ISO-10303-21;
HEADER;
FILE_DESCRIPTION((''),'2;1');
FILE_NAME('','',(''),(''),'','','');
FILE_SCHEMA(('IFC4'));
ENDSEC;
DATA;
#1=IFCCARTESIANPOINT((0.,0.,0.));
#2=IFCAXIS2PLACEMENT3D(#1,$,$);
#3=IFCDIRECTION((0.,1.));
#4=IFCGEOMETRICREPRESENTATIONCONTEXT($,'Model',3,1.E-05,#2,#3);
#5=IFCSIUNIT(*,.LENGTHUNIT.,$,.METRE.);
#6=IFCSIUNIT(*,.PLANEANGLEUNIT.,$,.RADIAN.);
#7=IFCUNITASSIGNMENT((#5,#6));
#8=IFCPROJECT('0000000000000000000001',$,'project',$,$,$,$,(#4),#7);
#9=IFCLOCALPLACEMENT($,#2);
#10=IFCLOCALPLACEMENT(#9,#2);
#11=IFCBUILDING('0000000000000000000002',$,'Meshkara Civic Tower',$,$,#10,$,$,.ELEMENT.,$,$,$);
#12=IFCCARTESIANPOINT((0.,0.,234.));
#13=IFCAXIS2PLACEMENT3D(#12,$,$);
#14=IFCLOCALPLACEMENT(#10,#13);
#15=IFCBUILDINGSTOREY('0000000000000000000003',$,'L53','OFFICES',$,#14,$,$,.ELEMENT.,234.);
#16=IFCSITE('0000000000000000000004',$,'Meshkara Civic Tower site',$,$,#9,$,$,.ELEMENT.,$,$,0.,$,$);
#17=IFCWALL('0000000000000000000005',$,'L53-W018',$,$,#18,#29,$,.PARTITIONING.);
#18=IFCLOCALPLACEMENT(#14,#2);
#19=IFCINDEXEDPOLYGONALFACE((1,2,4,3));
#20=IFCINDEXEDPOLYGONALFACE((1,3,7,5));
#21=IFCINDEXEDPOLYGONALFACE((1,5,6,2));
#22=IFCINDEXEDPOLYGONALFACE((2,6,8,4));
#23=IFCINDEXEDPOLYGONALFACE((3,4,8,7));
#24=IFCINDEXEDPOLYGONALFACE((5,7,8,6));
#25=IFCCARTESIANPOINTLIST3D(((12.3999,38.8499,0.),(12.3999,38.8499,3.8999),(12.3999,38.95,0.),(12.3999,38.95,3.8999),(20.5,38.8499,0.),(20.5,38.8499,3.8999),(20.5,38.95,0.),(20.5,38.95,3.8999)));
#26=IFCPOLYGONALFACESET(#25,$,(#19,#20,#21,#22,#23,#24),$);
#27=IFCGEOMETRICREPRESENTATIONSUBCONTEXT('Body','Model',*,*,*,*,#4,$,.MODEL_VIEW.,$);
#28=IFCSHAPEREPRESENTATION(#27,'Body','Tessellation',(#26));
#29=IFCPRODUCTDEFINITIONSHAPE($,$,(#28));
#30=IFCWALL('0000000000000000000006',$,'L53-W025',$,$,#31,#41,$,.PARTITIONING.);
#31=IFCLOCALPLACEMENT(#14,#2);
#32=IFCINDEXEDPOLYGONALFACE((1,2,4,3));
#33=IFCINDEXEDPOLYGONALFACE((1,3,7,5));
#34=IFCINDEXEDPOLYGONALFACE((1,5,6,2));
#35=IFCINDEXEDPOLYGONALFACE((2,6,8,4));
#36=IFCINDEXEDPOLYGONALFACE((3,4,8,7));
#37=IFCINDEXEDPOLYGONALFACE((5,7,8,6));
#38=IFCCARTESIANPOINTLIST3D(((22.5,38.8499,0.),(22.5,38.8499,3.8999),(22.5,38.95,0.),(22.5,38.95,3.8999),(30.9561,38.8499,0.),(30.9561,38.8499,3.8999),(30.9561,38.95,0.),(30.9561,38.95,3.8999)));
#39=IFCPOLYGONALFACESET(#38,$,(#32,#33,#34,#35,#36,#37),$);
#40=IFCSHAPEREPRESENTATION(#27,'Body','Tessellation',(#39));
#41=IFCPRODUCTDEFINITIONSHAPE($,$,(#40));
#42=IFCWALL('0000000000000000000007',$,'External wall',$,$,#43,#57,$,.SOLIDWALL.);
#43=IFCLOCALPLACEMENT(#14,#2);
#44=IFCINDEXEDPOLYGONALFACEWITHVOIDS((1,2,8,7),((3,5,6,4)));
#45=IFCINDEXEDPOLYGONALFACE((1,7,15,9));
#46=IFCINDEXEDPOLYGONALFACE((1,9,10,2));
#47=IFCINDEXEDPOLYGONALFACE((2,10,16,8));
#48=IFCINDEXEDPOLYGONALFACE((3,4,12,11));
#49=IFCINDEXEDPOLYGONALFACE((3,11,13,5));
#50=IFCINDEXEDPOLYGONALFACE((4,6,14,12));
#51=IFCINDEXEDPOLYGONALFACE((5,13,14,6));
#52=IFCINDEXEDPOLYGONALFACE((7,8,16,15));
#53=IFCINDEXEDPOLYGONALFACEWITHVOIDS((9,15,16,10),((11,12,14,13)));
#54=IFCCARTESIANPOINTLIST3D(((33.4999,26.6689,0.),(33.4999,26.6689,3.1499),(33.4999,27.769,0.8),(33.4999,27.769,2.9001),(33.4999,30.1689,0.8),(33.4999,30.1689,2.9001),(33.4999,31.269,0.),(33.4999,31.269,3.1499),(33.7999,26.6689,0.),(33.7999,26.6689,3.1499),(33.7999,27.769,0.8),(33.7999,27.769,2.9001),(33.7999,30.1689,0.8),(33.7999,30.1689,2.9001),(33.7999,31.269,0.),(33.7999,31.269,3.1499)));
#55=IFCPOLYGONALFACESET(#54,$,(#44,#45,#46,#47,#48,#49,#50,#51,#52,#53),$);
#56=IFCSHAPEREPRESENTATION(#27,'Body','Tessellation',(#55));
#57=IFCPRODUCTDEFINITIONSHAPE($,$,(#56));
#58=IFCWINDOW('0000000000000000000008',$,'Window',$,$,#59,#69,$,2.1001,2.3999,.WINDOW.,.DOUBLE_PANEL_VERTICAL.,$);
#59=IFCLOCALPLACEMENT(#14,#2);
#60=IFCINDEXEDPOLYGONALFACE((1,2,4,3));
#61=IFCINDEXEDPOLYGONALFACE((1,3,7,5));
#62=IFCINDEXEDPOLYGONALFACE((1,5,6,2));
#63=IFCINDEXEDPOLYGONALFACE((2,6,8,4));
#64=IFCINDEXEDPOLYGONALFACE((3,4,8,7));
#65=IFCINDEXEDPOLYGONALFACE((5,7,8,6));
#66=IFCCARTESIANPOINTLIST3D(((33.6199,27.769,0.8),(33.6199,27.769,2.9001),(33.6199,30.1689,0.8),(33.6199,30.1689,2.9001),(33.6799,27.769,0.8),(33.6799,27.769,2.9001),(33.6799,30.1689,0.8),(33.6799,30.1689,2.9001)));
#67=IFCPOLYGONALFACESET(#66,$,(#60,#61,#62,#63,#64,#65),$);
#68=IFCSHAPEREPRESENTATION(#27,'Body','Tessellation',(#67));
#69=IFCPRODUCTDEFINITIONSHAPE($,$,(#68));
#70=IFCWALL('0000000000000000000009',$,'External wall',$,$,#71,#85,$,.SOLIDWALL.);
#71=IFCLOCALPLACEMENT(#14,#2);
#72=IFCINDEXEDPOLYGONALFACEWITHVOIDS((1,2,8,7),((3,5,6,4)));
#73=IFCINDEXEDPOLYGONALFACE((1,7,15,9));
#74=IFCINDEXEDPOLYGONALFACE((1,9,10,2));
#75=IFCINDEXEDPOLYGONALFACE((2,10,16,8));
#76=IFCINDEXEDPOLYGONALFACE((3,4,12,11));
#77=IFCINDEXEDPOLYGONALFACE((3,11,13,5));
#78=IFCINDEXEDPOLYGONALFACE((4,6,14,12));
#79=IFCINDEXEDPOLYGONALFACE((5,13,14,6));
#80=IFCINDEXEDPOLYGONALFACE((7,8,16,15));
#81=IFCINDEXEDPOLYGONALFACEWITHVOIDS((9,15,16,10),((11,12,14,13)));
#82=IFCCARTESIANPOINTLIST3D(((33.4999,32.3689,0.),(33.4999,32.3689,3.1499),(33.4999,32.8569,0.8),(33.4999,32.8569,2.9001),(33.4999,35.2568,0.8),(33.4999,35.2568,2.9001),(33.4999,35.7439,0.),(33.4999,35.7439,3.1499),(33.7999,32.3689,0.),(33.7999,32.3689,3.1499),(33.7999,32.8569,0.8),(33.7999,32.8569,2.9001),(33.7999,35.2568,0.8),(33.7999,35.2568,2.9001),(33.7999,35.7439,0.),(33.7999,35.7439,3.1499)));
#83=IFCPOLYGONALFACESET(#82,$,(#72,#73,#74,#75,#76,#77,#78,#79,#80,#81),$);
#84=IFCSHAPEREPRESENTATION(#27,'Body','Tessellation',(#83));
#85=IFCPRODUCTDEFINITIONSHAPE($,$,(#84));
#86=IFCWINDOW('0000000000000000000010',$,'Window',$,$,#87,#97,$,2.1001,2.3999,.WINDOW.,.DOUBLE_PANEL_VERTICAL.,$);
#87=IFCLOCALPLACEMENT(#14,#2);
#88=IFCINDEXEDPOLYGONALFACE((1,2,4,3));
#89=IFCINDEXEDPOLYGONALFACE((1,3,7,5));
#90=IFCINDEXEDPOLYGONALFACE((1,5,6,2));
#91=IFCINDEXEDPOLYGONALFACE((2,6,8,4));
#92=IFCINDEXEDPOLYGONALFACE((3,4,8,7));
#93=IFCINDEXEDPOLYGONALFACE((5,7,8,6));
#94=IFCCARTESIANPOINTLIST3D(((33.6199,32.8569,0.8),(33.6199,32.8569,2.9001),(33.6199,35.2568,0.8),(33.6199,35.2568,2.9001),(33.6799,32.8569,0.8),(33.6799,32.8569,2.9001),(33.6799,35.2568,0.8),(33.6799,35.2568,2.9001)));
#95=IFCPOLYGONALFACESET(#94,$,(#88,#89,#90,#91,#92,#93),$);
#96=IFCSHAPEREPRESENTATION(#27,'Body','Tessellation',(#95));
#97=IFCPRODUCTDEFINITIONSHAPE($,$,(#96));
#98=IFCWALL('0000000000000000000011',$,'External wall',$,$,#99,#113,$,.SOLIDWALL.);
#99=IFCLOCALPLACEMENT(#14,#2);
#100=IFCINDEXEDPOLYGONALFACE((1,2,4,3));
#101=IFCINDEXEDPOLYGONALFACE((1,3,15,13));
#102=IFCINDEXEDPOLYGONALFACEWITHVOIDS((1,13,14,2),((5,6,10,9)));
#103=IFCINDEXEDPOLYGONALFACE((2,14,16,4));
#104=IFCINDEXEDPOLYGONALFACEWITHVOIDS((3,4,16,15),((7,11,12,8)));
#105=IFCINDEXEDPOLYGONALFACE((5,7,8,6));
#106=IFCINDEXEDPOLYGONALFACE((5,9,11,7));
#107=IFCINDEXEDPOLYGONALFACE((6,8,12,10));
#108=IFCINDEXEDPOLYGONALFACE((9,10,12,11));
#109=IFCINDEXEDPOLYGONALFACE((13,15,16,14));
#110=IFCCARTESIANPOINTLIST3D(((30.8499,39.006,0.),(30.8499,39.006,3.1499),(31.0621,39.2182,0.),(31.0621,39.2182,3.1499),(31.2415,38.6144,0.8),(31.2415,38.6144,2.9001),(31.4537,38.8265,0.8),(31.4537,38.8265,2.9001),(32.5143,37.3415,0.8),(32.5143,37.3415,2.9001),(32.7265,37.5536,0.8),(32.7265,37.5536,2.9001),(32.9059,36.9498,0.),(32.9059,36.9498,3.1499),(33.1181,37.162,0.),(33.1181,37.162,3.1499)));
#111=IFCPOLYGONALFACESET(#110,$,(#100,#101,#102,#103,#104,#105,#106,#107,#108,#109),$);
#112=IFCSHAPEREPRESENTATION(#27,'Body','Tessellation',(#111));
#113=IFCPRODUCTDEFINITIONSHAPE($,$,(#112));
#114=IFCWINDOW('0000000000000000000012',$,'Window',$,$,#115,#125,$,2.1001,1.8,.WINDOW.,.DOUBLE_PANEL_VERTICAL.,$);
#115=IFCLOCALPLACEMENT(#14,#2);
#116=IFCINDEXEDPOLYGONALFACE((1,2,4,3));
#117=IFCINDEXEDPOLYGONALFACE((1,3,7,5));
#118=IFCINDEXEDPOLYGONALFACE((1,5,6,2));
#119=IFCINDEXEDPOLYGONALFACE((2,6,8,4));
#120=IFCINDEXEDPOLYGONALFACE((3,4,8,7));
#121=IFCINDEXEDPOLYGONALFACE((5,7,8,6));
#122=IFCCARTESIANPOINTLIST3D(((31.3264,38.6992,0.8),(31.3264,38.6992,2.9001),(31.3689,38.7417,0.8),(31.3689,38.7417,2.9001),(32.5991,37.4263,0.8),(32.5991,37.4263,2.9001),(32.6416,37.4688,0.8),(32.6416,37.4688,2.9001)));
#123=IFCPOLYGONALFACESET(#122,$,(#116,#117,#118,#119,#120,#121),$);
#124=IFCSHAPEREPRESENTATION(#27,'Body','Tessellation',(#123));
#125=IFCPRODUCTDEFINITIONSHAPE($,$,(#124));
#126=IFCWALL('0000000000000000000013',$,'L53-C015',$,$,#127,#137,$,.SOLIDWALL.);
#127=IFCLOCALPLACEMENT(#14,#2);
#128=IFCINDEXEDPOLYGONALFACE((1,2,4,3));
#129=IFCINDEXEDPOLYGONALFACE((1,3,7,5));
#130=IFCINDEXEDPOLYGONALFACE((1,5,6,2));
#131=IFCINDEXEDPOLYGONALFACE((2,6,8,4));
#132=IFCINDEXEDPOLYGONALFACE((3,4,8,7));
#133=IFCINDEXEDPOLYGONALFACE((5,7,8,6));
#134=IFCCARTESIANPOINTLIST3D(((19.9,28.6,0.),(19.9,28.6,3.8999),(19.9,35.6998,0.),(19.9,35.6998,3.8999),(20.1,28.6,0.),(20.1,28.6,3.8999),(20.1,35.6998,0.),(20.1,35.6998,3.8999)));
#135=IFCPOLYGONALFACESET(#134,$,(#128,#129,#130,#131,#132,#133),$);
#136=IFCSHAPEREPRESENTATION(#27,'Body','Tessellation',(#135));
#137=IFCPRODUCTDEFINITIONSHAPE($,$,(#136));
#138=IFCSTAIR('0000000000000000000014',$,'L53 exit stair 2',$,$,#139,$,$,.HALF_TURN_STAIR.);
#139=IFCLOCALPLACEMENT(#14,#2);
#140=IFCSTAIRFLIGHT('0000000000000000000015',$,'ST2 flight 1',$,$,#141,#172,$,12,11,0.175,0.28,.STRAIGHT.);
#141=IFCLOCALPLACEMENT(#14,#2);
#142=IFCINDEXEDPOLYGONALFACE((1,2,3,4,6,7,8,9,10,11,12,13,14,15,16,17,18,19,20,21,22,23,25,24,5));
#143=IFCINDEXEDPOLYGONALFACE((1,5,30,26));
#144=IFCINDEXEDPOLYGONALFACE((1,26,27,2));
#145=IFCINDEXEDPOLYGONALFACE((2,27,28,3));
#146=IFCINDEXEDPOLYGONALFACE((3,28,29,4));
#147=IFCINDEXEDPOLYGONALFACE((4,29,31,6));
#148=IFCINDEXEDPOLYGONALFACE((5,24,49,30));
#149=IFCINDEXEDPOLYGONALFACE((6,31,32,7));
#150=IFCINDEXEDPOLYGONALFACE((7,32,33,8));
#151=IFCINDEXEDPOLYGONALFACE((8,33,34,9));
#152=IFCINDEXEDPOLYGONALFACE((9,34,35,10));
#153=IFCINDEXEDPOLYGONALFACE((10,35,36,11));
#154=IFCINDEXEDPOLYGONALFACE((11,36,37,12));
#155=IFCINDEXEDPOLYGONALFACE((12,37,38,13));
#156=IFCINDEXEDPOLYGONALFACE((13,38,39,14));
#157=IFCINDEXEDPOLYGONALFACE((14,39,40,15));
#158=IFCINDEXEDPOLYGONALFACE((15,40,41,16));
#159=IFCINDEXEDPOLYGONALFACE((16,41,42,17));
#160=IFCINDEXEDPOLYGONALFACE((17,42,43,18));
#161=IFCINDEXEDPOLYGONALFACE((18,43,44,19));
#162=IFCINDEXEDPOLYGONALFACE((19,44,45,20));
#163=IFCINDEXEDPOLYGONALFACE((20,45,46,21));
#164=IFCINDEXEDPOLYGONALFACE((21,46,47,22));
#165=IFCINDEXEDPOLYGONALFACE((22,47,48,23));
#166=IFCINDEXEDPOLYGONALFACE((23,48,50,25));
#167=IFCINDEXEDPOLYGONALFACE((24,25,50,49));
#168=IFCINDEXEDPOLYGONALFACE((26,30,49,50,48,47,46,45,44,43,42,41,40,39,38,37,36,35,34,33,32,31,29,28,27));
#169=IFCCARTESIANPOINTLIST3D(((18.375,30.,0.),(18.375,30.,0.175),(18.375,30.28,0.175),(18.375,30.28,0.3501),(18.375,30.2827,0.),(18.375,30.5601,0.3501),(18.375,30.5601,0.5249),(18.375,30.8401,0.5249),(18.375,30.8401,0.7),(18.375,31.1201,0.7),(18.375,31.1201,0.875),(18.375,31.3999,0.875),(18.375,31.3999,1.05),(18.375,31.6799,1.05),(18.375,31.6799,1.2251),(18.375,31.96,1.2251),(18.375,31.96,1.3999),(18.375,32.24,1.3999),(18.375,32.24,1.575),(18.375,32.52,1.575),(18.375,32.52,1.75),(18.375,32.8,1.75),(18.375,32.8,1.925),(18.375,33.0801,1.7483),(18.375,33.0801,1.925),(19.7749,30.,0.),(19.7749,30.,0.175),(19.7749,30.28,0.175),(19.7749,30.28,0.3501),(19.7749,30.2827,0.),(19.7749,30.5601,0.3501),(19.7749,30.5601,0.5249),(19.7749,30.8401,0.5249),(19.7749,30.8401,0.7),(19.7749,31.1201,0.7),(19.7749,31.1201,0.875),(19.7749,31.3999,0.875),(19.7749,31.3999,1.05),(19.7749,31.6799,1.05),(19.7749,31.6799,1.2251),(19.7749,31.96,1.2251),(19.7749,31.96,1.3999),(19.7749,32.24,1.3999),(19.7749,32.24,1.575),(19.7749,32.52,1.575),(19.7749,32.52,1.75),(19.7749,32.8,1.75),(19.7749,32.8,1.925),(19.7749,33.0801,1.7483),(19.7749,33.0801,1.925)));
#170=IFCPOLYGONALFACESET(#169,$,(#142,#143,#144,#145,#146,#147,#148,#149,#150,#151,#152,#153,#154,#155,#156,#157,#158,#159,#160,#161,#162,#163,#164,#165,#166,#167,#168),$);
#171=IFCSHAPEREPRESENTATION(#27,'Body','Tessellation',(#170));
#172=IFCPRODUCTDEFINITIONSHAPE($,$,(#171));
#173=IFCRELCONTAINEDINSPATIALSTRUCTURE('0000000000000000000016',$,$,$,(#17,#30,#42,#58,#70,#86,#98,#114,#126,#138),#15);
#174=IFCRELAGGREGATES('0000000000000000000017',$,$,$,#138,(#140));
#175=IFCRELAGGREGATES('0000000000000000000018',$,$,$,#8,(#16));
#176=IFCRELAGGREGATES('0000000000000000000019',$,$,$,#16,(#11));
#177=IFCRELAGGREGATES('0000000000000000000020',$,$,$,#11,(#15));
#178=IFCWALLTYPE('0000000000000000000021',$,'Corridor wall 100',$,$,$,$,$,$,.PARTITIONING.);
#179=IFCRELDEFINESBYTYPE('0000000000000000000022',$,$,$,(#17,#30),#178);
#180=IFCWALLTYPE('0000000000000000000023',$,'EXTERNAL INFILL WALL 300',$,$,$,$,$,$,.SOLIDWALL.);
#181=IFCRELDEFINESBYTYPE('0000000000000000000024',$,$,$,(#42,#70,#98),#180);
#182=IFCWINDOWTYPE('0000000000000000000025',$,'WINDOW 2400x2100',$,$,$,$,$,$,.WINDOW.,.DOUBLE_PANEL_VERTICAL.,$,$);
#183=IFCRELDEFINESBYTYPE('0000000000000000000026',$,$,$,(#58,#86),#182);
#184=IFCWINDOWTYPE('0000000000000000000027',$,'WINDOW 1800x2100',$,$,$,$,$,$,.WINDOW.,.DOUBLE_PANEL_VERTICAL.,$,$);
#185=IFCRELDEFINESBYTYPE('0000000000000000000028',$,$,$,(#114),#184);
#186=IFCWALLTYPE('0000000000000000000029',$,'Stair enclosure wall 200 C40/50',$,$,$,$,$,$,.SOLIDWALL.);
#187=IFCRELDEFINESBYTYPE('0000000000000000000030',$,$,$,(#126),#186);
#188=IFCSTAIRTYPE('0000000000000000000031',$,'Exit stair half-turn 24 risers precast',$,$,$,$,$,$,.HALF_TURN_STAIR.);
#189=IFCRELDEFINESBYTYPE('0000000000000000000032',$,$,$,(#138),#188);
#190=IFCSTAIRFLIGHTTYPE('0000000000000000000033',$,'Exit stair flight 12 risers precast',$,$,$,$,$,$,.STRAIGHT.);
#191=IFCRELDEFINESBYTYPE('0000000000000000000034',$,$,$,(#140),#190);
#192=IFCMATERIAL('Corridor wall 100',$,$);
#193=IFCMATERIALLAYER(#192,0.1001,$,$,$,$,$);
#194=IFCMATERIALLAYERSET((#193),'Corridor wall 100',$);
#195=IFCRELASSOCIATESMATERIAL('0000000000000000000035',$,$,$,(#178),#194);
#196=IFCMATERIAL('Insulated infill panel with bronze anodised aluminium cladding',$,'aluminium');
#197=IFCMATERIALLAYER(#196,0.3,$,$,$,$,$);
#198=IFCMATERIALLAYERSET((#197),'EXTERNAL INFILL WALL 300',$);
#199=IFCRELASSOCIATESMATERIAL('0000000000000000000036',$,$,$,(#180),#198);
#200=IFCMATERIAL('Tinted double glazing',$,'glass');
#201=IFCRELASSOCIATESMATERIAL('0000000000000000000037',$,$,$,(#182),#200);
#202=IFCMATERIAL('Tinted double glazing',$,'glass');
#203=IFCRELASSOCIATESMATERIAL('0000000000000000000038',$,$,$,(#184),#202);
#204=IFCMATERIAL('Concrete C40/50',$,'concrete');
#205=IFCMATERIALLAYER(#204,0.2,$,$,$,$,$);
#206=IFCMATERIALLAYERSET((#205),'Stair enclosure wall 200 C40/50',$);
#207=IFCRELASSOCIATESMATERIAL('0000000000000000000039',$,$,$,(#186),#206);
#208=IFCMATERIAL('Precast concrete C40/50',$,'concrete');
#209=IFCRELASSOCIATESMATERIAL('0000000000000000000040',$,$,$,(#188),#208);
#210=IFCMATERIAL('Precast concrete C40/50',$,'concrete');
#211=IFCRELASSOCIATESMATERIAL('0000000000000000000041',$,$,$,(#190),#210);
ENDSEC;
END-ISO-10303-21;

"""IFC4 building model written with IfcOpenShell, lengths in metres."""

from ifc_helpers import new_model, si_unit, direction, frame, frame_2d, origin, place, context, subcontext, project, spatial, polyline, rectangle, outline, extrude, material, layer, layer_set, type_object, element, fill, aggregate, save


model = new_model("IFC4")

# Units and contexts
model_context = context("Model", 3, precision=1e-05, world=origin(), true_north=direction((0.0, 1.0)))
body_context = subcontext(model_context, "Body", "Model", "MODEL_VIEW")
ifc_project = project(units=[si_unit("LENGTHUNIT", "METRE"), si_unit("PLANEANGLEUNIT", "RADIAN")], contexts=[model_context])

# Site, building, storey
site_placement = place(None, origin())
site = spatial("IfcSite", under=ifc_project, at=site_placement, Name="Meshkara Civic Tower site", CompositionType="ELEMENT", RefElevation=0.0)
building_placement = place(site_placement, origin())
building = spatial("IfcBuilding", under=site, at=building_placement, Name="Meshkara Civic Tower", CompositionType="ELEMENT")
storey_placement = place(building_placement, frame((0.0, 0.0, 234.0)))
storey = spatial("IfcBuildingStorey", under=building, at=storey_placement, Name="L53", Description="OFFICES", CompositionType="ELEMENT", Elevation=234.0)

# Walls
ifc_material_1 = material(Name="Corridor wall 100")
ifc_layer_1 = layer(ifc_material_1, 0.1001)
ifc_layer_set_1 = layer_set([ifc_layer_1], Name="Corridor wall 100")
wall_type_1 = type_object("IfcWallType", Name="Corridor wall 100", PredefinedType="PARTITIONING", material=ifc_layer_set_1)
wall_1_placement = place(storey_placement, frame((20.5, 38.8999, 0.0), z_axis=(0.0, 0.0, 1.0), x_axis=(-1.0, 0.0, 0.0)))
element("IfcWall", 1, at=wall_1_placement, inside=storey, type_object=wall_type_1, Name="L53-W018", PredefinedType="PARTITIONING", context=body_context, shape_type="SweptSolid", body=[
    extrude(rectangle(XDim=8.1001, YDim=0.1001, at=frame_2d((4.05, 0.0))), origin(), (0.0, 0.0, 1.0), 3.8999),
])
wall_2_placement = place(storey_placement, frame((30.9561, 38.8999, 0.0), z_axis=(0.0, 0.0, 1.0), x_axis=(-1.0, 0.0, 0.0)))
element("IfcWall", 2, at=wall_2_placement, inside=storey, type_object=wall_type_1, Name="L53-W025", PredefinedType="PARTITIONING", context=body_context, shape_type="SweptSolid", body=[
    extrude(rectangle(XDim=8.4561, YDim=0.1001, at=frame_2d((4.228, 0.0))), origin(), (0.0, 0.0, 1.0), 3.8999),
])

# Walls, openings, windows
ifc_material_2 = material(Name="Insulated infill panel with bronze anodised aluminium cladding", Category="aluminium")
ifc_layer_2 = layer(ifc_material_2, 0.3)
ifc_layer_set_2 = layer_set([ifc_layer_2], Name="EXTERNAL INFILL WALL 300")
wall_type_2 = type_object("IfcWallType", Name="EXTERNAL INFILL WALL 300", PredefinedType="SOLIDWALL", material=ifc_layer_set_2)
wall_3_placement = place(storey_placement, frame((33.6499, 26.6689, 0.0), z_axis=(0.0, 0.0, 1.0), x_axis=(0.0, 1.0, 0.0)))
wall_3 = element("IfcWall", 3, at=wall_3_placement, inside=storey, type_object=wall_type_2, Name="External wall", PredefinedType="SOLIDWALL", context=body_context, shape_type="SweptSolid", body=[
    extrude(rectangle(XDim=4.6001, YDim=0.3, at=frame_2d((2.3, 0.0))), origin(), (0.0, 0.0, 1.0), 3.1499),
])
opening_1_placement = place(wall_3_placement, frame((1.1001, 0.0, 0.8)))
opening_1 = element("IfcOpeningElement", 4, at=opening_1_placement, cuts=wall_3, PredefinedType="OPENING", context=body_context, shape_type="SweptSolid", body=[
    extrude(rectangle(XDim=2.3999, YDim=2.1001, at=frame_2d((1.2, 1.05))), frame((0.0, 0.1599, 0.0), z_axis=(0.0, -1.0, 0.0), x_axis=(1.0, 0.0, 0.0)), (0.0, 0.0, 1.0), 0.3201),
])
ifc_material_3 = material(Name="Tinted double glazing", Category="glass")
window_type_1 = type_object("IfcWindowType", Name="WINDOW 2400x2100", PartitioningType="DOUBLE_PANEL_VERTICAL", PredefinedType="WINDOW", material=ifc_material_3)
window_1_placement = place(opening_1_placement, origin())
window_1 = element("IfcWindow", 5, at=window_1_placement, inside=storey, type_object=window_type_1, Name="Window", OverallHeight=2.1001, OverallWidth=2.3999, PartitioningType="DOUBLE_PANEL_VERTICAL", PredefinedType="WINDOW", context=body_context, shape_type="SweptSolid", body=[
    extrude(rectangle(XDim=2.3999, YDim=2.1001, at=frame_2d((1.2, 1.05))), frame((0.0, 0.03, 0.0), z_axis=(0.0, -1.0, 0.0), x_axis=(1.0, 0.0, 0.0)), (0.0, 0.0, 1.0), 0.0601),
])
fill(opening_1, window_1)
wall_4_placement = place(storey_placement, frame((33.6499, 32.3689, 0.0), z_axis=(0.0, 0.0, 1.0), x_axis=(0.0, 1.0, 0.0)))
wall_4 = element("IfcWall", 6, at=wall_4_placement, inside=storey, type_object=wall_type_2, Name="External wall", PredefinedType="SOLIDWALL", context=body_context, shape_type="SweptSolid", body=[
    extrude(rectangle(XDim=3.375, YDim=0.3, at=frame_2d((1.6875, 0.0))), origin(), (0.0, 0.0, 1.0), 3.1499),
])
opening_2_placement = place(wall_4_placement, frame((0.488, 0.0, 0.8)))
opening_2 = element("IfcOpeningElement", 7, at=opening_2_placement, cuts=wall_4, PredefinedType="OPENING", context=body_context, shape_type="SweptSolid", body=[
    extrude(rectangle(XDim=2.3999, YDim=2.1001, at=frame_2d((1.2, 1.05))), frame((0.0, 0.1599, 0.0), z_axis=(0.0, -1.0, 0.0), x_axis=(1.0, 0.0, 0.0)), (0.0, 0.0, 1.0), 0.3201),
])
window_2_placement = place(opening_2_placement, origin())
window_2 = element("IfcWindow", 8, at=window_2_placement, inside=storey, type_object=window_type_1, Name="Window", OverallHeight=2.1001, OverallWidth=2.3999, PartitioningType="DOUBLE_PANEL_VERTICAL", PredefinedType="WINDOW", context=body_context, shape_type="SweptSolid", body=[
    extrude(rectangle(XDim=2.3999, YDim=2.1001, at=frame_2d((1.2, 1.05))), frame((0.0, 0.03, 0.0), z_axis=(0.0, -1.0, 0.0), x_axis=(1.0, 0.0, 0.0)), (0.0, 0.0, 1.0), 0.0601),
])
fill(opening_2, window_2)
wall_5_placement = place(storey_placement, frame((33.012, 37.0559, 0.0), z_axis=(0.0, 0.0, 1.0), x_axis=(-0.707065, 0.707149, 0.0)))
wall_5 = element("IfcWall", 9, at=wall_5_placement, inside=storey, type_object=wall_type_2, Name="External wall", PredefinedType="SOLIDWALL", context=body_context, shape_type="SweptSolid", body=[
    extrude(rectangle(XDim=2.9077, YDim=0.3, at=frame_2d((1.4539, 0.0))), origin(), (0.0, 0.0, 1.0), 3.1499),
])
opening_3_placement = place(wall_5_placement, frame((0.554, 0.0, 0.8)))
opening_3 = element("IfcOpeningElement", 10, at=opening_3_placement, cuts=wall_5, PredefinedType="OPENING", context=body_context, shape_type="SweptSolid", body=[
    extrude(rectangle(XDim=1.8, YDim=2.1001, at=frame_2d((0.8999, 1.05))), frame((0.0, 0.1599, 0.0), z_axis=(0.0, -1.0, 0.0), x_axis=(1.0, 0.0, 0.0)), (0.0, 0.0, 1.0), 0.3201),
])
ifc_material_4 = material(Name="Tinted double glazing", Category="glass")
window_type_2 = type_object("IfcWindowType", Name="WINDOW 1800x2100", PartitioningType="DOUBLE_PANEL_VERTICAL", PredefinedType="WINDOW", material=ifc_material_4)
window_3_placement = place(opening_3_placement, origin())
window_3 = element("IfcWindow", 11, at=window_3_placement, inside=storey, type_object=window_type_2, Name="Window", OverallHeight=2.1001, OverallWidth=1.8, PartitioningType="DOUBLE_PANEL_VERTICAL", PredefinedType="WINDOW", context=body_context, shape_type="SweptSolid", body=[
    extrude(rectangle(XDim=1.8, YDim=2.1001, at=frame_2d((0.8999, 1.05))), frame((0.0, 0.03, 0.0), z_axis=(0.0, -1.0, 0.0), x_axis=(1.0, 0.0, 0.0)), (0.0, 0.0, 1.0), 0.0601),
])
fill(opening_3, window_3)

# Wall
ifc_material_5 = material(Name="Concrete C40/50", Category="concrete")
ifc_layer_3 = layer(ifc_material_5, 0.2)
ifc_layer_set_3 = layer_set([ifc_layer_3], Name="Stair enclosure wall 200 C40/50")
wall_type_3 = type_object("IfcWallType", Name="Stair enclosure wall 200 C40/50", PredefinedType="SOLIDWALL", material=ifc_layer_set_3)
wall_6_placement = place(storey_placement, frame((20.0, 28.6001, 0.0), z_axis=(0.0, 0.0, 1.0), x_axis=(0.0, 1.0, 0.0)))
element("IfcWall", 12, at=wall_6_placement, inside=storey, type_object=wall_type_3, Name="L53-C015", PredefinedType="SOLIDWALL", context=body_context, shape_type="SweptSolid", body=[
    extrude(rectangle(XDim=7.0999, YDim=0.2, at=frame_2d((3.5498, 0.0))), origin(), (0.0, 0.0, 1.0), 3.8999),
])

# Stair, stair flight
ifc_material_6 = material(Name="Precast concrete C40/50", Category="concrete")
stair_type = type_object("IfcStairType", Name="Exit stair half-turn 24 risers precast", PredefinedType="HALF_TURN_STAIR", material=ifc_material_6)
stair_placement = place(storey_placement, origin())
stair = element("IfcStair", 13, at=stair_placement, inside=storey, type_object=stair_type, Name="L53 exit stair 2", PredefinedType="HALF_TURN_STAIR")
ifc_material_7 = material(Name="Precast concrete C40/50", Category="concrete")
stair_flight_type = type_object("IfcStairFlightType", Name="Exit stair flight 12 risers precast", PredefinedType="STRAIGHT", material=ifc_material_7)
stair_flight_1_placement = place(storey_placement, frame((19.075, 30.0, 0.0), z_axis=(0.0, 0.0, 1.0), x_axis=(0.0, 1.0, 0.0)))
stair_flight_1 = element("IfcStairFlight", 14, at=stair_flight_1_placement, type_object=stair_flight_type, Name="ST2 flight 1", NumberOfRisers=12, NumberOfTreads=11, PredefinedType="STRAIGHT", RiserHeight=0.175, TreadLength=0.28, context=body_context, shape_type="SweptSolid", body=[
    extrude(outline(polyline([(0.0, 0.0), (0.0, 0.175), (0.28, 0.175), (0.28, 0.3501), (0.5601, 0.3501), (0.5601, 0.5249), (0.8401, 0.5249), (0.8401, 0.7), (1.1201, 0.7), (1.1201, 0.875), (1.3999, 0.875), (1.3999, 1.05), (1.6799, 1.05), (1.6799, 1.2251), (1.96, 1.2251), (1.96, 1.3999), (2.24, 1.3999), (2.24, 1.575), (2.52, 1.575), (2.52, 1.75), (2.8, 1.75), (2.8, 1.925), (3.0801, 1.925), (3.0801, 2.1001), (3.0801, 1.7483), (0.2827, 0.0), (0.0, 0.0)])), frame((0.0, 0.7, 0.0), z_axis=(0.0, -1.0, 0.0), x_axis=(1.0, 0.0, 0.0)), (0.0, 0.0, 1.0), 1.3999),
])
aggregate(stair, [stair_flight_1])

save(model, "model.ifc")
